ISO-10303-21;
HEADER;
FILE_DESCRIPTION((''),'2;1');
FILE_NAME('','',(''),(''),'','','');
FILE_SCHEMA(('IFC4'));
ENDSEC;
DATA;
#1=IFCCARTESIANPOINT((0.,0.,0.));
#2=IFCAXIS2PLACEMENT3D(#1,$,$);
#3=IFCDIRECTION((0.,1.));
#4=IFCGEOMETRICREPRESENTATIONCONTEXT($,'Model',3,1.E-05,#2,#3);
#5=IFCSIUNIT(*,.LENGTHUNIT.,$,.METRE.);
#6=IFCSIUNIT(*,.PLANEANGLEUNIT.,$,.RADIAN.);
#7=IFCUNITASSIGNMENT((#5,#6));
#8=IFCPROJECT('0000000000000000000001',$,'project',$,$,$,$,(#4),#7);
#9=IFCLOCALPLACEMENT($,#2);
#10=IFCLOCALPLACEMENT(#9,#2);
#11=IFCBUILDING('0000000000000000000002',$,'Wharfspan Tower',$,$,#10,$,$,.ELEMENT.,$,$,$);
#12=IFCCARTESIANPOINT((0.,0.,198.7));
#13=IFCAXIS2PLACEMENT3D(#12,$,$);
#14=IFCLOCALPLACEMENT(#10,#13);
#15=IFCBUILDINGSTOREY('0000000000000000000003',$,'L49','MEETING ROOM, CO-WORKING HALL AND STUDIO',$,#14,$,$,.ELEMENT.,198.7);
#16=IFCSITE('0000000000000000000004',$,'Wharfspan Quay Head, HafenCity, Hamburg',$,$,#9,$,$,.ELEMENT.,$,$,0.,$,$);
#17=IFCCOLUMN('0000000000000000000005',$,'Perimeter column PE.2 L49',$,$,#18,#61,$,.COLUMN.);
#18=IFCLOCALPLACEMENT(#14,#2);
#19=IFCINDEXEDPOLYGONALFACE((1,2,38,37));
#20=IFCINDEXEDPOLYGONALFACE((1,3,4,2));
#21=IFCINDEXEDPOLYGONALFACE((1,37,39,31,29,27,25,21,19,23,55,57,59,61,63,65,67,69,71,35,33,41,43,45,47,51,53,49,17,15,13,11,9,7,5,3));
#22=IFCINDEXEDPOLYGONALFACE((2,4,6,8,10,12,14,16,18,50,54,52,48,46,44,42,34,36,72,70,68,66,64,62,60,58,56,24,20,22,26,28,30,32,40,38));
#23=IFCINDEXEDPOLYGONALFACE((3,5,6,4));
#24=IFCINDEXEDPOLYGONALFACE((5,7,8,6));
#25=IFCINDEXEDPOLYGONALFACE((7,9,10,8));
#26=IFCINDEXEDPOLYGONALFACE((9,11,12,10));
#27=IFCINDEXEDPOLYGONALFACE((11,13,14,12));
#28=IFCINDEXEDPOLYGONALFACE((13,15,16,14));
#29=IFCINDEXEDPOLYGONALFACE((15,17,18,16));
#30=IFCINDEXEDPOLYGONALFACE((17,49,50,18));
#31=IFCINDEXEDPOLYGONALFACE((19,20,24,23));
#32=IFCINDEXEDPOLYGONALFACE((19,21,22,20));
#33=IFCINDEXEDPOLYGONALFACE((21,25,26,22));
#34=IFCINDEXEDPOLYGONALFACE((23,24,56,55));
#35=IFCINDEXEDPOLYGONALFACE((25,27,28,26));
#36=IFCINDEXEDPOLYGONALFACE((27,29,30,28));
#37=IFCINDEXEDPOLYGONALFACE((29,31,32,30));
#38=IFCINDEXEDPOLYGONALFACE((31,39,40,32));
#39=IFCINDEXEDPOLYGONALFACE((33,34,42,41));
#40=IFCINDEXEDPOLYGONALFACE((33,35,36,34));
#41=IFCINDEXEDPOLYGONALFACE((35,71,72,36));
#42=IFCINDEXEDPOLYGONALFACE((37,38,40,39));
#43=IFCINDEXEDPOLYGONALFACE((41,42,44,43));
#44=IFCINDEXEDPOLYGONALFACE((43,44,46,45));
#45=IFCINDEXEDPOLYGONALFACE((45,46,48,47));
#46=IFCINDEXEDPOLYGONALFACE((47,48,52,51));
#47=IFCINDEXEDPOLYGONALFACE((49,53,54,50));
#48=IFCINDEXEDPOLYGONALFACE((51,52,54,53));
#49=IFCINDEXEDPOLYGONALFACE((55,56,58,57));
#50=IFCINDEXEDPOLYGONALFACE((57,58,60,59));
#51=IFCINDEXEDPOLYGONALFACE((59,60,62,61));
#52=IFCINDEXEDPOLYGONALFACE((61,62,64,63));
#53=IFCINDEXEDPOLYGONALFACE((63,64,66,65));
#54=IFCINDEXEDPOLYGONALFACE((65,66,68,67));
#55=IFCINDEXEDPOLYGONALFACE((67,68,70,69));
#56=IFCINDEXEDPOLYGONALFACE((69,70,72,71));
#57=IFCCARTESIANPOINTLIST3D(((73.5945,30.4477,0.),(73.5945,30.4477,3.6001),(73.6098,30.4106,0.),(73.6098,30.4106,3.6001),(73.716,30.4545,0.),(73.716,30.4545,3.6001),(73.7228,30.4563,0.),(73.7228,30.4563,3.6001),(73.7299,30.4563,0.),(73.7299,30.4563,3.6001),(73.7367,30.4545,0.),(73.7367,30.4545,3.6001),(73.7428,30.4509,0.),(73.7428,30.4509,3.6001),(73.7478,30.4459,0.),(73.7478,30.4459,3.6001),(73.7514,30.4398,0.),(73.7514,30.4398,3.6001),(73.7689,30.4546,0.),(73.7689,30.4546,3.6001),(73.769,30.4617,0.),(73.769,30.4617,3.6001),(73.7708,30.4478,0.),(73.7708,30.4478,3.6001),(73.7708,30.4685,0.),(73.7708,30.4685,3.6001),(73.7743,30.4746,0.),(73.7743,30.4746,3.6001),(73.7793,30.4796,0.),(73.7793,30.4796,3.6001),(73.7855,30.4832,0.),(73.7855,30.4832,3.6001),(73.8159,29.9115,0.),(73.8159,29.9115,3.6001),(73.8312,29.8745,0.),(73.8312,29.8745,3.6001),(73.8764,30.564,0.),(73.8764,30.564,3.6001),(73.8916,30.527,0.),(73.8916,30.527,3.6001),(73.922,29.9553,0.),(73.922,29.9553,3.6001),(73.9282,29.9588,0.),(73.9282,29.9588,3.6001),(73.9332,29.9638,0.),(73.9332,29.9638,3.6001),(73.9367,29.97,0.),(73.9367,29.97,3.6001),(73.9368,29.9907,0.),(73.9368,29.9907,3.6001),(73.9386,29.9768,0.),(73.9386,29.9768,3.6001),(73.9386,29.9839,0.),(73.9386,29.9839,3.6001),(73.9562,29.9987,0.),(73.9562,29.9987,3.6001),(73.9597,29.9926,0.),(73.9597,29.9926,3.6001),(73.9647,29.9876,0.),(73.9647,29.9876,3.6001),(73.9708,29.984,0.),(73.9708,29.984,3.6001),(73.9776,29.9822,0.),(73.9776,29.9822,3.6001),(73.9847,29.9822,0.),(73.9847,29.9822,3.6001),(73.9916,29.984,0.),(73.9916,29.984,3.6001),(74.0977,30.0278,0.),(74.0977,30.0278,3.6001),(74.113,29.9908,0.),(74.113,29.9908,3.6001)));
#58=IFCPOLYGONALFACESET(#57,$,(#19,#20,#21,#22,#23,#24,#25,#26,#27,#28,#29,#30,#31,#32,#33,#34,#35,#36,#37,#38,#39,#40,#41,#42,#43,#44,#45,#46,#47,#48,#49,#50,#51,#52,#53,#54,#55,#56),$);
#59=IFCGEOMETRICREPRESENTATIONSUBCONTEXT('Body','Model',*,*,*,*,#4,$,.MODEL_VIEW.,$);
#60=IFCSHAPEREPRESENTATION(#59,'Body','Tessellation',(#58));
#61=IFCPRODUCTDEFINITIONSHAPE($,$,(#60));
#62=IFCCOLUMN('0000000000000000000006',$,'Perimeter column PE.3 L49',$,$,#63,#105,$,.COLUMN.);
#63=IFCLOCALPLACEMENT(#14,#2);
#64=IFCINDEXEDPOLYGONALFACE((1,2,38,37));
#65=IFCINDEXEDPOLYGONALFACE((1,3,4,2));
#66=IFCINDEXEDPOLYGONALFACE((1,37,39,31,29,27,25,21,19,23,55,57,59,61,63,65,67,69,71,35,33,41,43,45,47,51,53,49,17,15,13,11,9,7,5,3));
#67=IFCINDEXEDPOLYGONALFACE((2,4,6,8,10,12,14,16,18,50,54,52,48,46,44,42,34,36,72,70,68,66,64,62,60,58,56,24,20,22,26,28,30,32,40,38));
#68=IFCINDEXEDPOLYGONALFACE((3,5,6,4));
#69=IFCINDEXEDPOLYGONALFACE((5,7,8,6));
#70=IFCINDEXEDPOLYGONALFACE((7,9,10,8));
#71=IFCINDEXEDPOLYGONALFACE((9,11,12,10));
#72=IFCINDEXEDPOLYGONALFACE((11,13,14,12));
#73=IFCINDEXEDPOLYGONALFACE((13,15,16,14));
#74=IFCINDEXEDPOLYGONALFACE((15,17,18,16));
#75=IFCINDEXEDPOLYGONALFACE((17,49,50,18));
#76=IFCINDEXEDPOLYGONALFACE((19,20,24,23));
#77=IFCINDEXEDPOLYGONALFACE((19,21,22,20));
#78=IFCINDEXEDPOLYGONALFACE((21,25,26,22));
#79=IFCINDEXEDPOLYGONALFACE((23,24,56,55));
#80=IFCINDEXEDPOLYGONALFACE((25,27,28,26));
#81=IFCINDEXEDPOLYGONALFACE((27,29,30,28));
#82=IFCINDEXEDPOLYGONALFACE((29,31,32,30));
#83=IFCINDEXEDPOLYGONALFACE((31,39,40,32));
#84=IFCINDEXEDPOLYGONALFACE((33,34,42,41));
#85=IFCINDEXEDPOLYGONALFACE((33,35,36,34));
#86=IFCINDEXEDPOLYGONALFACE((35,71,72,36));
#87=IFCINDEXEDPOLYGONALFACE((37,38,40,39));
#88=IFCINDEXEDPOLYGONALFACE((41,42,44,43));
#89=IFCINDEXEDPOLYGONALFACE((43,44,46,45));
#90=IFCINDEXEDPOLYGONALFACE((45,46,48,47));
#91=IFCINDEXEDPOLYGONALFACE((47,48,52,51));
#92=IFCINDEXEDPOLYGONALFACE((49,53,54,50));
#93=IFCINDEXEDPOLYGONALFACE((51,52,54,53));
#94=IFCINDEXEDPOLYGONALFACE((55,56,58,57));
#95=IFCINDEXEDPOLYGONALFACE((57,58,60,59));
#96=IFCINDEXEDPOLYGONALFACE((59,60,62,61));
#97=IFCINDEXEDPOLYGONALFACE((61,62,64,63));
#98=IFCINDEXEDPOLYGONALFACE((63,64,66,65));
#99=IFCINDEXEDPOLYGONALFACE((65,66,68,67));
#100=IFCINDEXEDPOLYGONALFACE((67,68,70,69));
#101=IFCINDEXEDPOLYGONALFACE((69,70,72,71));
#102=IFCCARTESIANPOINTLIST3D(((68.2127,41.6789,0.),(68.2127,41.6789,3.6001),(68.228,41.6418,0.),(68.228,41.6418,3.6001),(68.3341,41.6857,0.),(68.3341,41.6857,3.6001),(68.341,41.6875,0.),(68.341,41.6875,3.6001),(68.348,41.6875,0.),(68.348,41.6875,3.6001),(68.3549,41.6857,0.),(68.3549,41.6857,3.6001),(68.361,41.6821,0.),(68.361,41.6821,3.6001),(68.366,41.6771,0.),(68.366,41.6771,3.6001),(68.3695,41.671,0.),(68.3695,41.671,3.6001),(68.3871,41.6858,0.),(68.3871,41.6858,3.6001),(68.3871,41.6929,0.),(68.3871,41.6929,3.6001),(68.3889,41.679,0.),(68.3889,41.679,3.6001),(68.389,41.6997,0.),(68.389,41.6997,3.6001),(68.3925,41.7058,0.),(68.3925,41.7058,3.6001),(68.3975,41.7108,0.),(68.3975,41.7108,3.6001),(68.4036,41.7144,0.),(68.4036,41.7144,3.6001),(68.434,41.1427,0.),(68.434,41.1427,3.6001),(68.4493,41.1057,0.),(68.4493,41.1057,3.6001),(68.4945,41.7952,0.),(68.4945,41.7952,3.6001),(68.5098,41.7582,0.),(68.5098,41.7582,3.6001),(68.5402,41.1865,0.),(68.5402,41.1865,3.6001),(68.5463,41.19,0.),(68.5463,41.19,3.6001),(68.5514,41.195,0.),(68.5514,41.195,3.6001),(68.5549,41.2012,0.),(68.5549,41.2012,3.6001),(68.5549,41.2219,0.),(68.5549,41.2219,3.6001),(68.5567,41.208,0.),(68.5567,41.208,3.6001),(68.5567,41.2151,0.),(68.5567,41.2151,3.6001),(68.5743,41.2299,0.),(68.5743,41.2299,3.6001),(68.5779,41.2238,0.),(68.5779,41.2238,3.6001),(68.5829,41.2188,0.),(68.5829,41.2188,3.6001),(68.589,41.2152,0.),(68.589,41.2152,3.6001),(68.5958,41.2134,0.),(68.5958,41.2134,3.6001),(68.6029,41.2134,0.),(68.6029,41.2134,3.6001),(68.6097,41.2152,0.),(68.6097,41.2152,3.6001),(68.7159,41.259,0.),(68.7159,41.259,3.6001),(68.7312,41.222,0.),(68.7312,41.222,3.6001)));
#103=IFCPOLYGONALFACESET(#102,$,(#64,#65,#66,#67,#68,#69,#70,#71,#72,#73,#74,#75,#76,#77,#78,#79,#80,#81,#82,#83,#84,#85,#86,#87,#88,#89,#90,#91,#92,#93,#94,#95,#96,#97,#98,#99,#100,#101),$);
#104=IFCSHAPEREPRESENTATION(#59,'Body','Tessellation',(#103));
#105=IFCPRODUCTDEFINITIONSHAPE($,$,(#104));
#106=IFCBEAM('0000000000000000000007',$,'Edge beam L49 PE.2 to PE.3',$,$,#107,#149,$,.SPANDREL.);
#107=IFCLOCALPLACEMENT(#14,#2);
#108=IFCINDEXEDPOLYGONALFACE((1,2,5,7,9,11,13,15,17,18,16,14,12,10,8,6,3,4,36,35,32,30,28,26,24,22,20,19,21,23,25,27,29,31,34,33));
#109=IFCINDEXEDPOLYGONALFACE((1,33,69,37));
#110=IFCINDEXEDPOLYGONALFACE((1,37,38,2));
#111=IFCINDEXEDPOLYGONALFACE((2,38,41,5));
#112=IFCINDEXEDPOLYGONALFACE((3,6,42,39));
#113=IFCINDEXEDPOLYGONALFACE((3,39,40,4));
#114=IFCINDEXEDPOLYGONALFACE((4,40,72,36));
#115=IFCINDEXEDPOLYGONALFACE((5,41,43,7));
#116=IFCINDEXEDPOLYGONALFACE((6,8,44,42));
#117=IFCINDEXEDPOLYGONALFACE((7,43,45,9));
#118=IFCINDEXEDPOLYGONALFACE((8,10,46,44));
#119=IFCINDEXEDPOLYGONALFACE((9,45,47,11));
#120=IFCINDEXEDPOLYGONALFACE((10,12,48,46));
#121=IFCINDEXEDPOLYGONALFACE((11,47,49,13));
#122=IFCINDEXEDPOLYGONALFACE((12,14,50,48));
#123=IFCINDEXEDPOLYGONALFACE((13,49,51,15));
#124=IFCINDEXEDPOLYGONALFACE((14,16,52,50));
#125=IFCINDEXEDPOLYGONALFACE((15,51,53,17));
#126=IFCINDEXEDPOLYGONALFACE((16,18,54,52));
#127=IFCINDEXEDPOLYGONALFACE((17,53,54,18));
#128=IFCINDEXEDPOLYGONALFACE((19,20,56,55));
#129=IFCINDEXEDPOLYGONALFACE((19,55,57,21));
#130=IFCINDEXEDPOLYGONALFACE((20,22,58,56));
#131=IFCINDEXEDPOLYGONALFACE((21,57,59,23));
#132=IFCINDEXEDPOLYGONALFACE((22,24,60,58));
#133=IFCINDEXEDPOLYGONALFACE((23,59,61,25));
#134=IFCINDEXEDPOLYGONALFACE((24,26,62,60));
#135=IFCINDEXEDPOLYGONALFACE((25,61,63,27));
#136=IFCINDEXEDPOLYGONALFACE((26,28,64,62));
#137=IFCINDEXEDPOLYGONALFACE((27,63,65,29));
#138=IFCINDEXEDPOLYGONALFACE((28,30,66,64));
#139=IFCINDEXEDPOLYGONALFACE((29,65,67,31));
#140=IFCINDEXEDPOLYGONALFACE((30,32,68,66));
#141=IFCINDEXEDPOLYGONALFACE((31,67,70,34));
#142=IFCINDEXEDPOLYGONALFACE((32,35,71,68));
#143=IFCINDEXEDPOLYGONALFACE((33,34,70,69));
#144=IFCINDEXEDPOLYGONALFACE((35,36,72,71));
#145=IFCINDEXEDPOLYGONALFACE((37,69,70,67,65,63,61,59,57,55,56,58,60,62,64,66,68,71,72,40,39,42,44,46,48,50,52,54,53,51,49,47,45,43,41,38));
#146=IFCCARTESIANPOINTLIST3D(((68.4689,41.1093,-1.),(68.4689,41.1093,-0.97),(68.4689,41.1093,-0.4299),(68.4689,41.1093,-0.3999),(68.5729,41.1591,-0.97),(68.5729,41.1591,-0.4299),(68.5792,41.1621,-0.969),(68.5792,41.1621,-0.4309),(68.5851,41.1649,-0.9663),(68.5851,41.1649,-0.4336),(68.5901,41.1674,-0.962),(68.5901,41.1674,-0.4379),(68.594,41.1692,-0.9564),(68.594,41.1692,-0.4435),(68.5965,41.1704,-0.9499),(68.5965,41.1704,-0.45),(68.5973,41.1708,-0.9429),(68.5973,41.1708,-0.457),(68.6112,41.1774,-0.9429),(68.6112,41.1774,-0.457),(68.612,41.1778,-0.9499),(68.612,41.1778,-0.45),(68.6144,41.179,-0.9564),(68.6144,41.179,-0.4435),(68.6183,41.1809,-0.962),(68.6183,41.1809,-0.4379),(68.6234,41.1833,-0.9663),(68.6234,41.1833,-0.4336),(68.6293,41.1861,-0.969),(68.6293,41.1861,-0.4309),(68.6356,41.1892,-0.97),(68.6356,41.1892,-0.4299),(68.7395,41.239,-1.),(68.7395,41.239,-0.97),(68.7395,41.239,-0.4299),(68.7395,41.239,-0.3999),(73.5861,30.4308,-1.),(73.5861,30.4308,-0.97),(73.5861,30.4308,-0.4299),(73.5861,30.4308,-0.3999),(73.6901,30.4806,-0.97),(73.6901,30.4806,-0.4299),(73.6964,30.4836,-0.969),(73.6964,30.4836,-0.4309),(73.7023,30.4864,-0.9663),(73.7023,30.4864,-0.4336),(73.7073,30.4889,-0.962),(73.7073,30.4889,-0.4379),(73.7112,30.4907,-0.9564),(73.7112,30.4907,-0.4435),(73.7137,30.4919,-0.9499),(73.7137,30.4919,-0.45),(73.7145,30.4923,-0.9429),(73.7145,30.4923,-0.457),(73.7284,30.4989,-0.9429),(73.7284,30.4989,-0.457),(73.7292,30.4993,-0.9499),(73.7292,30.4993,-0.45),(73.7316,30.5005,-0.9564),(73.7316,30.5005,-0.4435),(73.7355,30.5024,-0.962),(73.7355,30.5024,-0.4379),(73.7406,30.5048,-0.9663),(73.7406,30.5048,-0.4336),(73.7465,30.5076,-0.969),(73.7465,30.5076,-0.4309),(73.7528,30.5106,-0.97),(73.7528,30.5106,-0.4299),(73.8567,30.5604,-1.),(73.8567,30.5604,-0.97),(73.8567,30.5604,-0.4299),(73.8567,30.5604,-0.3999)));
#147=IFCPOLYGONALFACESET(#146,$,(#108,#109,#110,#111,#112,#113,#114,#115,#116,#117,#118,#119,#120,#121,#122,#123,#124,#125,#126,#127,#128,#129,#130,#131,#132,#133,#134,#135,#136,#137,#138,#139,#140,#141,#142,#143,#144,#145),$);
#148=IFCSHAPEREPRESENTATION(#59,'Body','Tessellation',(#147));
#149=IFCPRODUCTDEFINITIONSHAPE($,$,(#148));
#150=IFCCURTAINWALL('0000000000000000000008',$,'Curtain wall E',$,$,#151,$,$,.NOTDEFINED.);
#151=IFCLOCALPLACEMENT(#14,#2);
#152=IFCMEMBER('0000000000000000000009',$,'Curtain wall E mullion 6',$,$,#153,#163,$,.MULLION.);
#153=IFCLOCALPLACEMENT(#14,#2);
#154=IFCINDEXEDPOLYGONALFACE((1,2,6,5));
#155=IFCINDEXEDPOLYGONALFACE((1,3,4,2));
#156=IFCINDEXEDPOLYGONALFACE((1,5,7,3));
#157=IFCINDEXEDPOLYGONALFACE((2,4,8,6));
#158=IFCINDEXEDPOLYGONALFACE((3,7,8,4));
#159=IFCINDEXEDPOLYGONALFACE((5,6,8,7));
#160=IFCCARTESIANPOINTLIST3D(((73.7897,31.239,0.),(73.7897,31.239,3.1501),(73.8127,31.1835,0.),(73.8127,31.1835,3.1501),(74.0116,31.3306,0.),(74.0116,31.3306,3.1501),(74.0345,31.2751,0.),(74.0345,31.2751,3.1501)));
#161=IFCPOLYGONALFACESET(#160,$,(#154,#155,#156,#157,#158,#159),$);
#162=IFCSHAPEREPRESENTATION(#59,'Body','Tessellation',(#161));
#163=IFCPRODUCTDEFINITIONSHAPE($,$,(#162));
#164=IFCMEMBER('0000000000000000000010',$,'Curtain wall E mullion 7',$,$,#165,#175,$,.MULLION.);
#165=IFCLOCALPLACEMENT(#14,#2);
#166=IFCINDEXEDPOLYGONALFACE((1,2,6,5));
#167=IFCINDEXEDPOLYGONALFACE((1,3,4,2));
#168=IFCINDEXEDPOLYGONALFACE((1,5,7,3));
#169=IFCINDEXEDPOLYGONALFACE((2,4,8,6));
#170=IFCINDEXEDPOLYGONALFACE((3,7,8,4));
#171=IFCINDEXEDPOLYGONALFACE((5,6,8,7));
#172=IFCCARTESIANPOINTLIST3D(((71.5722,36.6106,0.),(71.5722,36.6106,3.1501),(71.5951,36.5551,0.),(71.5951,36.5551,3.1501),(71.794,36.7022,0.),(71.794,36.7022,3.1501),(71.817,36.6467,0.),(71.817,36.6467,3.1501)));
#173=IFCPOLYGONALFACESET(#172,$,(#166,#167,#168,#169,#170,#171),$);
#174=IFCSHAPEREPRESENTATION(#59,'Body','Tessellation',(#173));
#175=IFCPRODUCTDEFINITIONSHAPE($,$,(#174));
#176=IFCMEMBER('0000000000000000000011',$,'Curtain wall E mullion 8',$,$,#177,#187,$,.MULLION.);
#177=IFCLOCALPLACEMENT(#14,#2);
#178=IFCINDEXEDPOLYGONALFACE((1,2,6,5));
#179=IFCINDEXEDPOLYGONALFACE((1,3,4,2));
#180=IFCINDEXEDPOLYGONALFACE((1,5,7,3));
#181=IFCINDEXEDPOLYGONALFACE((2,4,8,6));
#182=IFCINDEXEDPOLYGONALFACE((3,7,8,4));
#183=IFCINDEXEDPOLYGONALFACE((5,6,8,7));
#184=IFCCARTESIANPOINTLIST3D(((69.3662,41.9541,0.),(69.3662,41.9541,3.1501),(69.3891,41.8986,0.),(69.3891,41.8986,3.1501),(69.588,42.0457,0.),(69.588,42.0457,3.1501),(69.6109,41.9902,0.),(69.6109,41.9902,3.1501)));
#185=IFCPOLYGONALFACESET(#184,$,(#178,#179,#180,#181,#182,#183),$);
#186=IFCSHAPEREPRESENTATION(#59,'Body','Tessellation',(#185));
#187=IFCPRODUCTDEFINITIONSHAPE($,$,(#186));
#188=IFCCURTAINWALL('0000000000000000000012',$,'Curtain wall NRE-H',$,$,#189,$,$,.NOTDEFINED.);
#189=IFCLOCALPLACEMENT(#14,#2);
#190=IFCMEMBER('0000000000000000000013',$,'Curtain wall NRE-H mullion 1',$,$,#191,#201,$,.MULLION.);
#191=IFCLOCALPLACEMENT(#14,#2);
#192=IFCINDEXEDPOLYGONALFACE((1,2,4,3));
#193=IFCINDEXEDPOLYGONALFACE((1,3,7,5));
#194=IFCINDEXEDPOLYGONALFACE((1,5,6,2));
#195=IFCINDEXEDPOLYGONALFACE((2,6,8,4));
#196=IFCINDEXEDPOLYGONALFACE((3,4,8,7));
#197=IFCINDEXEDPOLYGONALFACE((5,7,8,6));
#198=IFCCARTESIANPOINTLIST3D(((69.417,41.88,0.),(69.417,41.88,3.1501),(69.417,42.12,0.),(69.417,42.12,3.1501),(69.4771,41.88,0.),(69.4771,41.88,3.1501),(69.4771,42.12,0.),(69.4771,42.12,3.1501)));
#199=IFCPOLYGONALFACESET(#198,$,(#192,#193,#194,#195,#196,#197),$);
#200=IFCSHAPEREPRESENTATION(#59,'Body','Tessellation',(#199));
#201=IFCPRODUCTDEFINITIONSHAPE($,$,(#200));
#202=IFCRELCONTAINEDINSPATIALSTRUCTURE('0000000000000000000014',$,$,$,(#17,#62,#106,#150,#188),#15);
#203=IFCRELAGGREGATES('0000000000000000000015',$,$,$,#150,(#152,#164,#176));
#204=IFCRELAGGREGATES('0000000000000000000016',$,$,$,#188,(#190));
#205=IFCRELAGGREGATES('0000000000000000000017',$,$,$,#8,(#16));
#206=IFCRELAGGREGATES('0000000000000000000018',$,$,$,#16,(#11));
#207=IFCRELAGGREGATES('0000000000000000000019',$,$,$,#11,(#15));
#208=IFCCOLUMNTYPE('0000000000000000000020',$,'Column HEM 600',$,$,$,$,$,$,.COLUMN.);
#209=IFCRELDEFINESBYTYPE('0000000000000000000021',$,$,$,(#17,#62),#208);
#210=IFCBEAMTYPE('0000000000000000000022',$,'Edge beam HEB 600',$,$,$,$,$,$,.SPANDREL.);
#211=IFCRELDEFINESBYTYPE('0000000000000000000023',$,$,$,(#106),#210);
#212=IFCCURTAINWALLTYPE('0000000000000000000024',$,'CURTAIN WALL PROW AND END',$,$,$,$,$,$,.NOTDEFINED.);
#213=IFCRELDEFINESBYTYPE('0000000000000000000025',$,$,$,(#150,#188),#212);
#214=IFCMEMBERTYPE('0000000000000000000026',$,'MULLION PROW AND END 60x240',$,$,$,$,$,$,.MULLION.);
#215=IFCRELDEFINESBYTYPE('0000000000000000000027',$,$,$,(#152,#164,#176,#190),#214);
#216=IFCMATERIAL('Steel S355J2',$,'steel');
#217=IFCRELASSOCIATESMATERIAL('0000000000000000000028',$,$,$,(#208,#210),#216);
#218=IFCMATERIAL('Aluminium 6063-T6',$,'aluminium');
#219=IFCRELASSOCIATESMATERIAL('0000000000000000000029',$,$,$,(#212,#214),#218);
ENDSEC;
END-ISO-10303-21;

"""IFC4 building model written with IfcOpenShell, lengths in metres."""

from ifc_helpers import new_model, si_unit, direction, frame, origin, origin_2d, place, context, subcontext, project, spatial, rectangle, i_section, extrude, material, material_profile, profile_set, type_object, element, aggregate, save


model = new_model("IFC4")

# Units and contexts
model_context = context("Model", 3, precision=1e-05, world=origin(), true_north=direction((0.0, 1.0)))
body_context = subcontext(model_context, "Body", "Model", "MODEL_VIEW")
ifc_project = project(units=[si_unit("LENGTHUNIT", "METRE"), si_unit("PLANEANGLEUNIT", "RADIAN")], contexts=[model_context])

# Site, building, storey
site_placement = place(None, origin())
site = spatial("IfcSite", under=ifc_project, at=site_placement, Name="Wharfspan Quay Head, HafenCity, Hamburg", CompositionType="ELEMENT", RefElevation=0.0)
building_placement = place(site_placement, origin())
building = spatial("IfcBuilding", under=site, at=building_placement, Name="Wharfspan Tower", CompositionType="ELEMENT")
storey_placement = place(building_placement, frame((0.0, 0.0, 198.7)))
storey = spatial("IfcBuildingStorey", under=building, at=storey_placement, Name="L49", Description="MEETING ROOM, CO-WORKING HALL AND STUDIO", CompositionType="ELEMENT", Elevation=198.7)

# Columns
ifc_material_1 = material(Name="Steel S355J2", Category="steel")
ifc_material_profile_1 = material_profile(ifc_material_1, i_section(OverallWidth=0.3049, OverallDepth=0.6201, WebThickness=0.021, FlangeThickness=0.04, FilletRadius=0.0271, at=origin_2d()))
ifc_profile_set_1 = profile_set([ifc_material_profile_1], Name="Steel S355J2")
column_type = type_object("IfcColumnType", Name="Column HEM 600", PredefinedType="COLUMN", material=ifc_profile_set_1)
for number, where, z_axis, x_axis, name in (
    (1, (73.8538, 30.2192, 0.0), (0.0, 0.0, 1.0), (0.924325, 0.381602, 0.0), "Perimeter column PE.2 L49"),
    (2, (68.4719, 41.4504, 0.0), (0.0, 0.0, 1.0), (0.924325, 0.381602, 0.0), "Perimeter column PE.3 L49"),
):
    element("IfcColumn", number, at=place(storey_placement, frame(where, z_axis=z_axis, x_axis=x_axis)), inside=storey, type_object=column_type, Name=name, PredefinedType="COLUMN", context=body_context, shape_type="SweptSolid", body=[
        extrude(i_section(OverallWidth=0.3049, OverallDepth=0.6201, WebThickness=0.021, FlangeThickness=0.04, FilletRadius=0.0271, at=origin_2d()), origin(), (0.0, 0.0, 1.0), 3.6001),
    ])

# Beam
ifc_material_profile_2 = material_profile(ifc_material_1, i_section(OverallWidth=0.3, OverallDepth=0.6001, WebThickness=0.0154, FlangeThickness=0.03, FilletRadius=0.0271, at=origin_2d()))
ifc_profile_set_2 = profile_set([ifc_material_profile_2], Name="Steel S355J2")
beam_type = type_object("IfcBeamType", Name="Edge beam HEB 600", PredefinedType="SPANDREL", material=ifc_profile_set_2)
beam_placement = place(storey_placement, frame((73.7214, 30.4956, -0.7), z_axis=(-0.432149, 0.901802, 0.0), x_axis=(-0.901802, -0.432149, 0.0)))
element("IfcBeam", 3, at=beam_placement, inside=storey, type_object=beam_type, Name="Edge beam L49 PE.2 to PE.3", PredefinedType="SPANDREL", context=body_context, shape_type="SweptSolid", body=[
    extrude(i_section(OverallWidth=0.3, OverallDepth=0.6001, WebThickness=0.0154, FlangeThickness=0.03, FilletRadius=0.0271, at=origin_2d()), origin(), (0.0, 0.0, 1.0), 11.8413),
])

# Curtain walls, members
ifc_material_2 = material(Name="Aluminium 6063-T6", Category="aluminium")
curtain_wall_type = type_object("IfcCurtainWallType", Name="CURTAIN WALL PROW AND END", PredefinedType="NOTDEFINED", material=ifc_material_2)
curtain_wall_1_placement = place(storey_placement, origin())
curtain_wall_1 = element("IfcCurtainWall", 4, at=curtain_wall_1_placement, inside=storey, type_object=curtain_wall_type, Name="Curtain wall E", PredefinedType="NOTDEFINED")
ifc_material_profile_3 = material_profile(ifc_material_2, rectangle(XDim=0.24, YDim=0.0601, at=origin_2d()))
ifc_profile_set_3 = profile_set([ifc_material_profile_3], Name="Aluminium 6063-T6")
member_type_1 = type_object("IfcMemberType", Name="MULLION PROW AND END 60x240", PredefinedType="MULLION", material=ifc_profile_set_3)
member_1_placement = place(storey_placement, frame((73.9121, 31.2571, 0.0), z_axis=(0.0, 0.0, 1.0), x_axis=(-0.924325, -0.381602, 0.0)))
member_1 = element("IfcMember", 5, at=member_1_placement, type_object=member_type_1, Name="Curtain wall E mullion 6", PredefinedType="MULLION", context=body_context, shape_type="SweptSolid", body=[
    extrude(rectangle(XDim=0.24, YDim=0.0601, at=origin_2d()), origin(), (0.0, 0.0, 1.0), 3.1501),
])
member_2_placement = place(storey_placement, frame((71.6946, 36.6287, 0.0), z_axis=(0.0, 0.0, 1.0), x_axis=(-0.924325, -0.381602, 0.0)))
member_2 = element("IfcMember", 6, at=member_2_placement, type_object=member_type_1, Name="Curtain wall E mullion 7", PredefinedType="MULLION", context=body_context, shape_type="SweptSolid", body=[
    extrude(rectangle(XDim=0.24, YDim=0.0601, at=origin_2d()), origin(), (0.0, 0.0, 1.0), 3.1501),
])
member_3_placement = place(storey_placement, frame((69.4885, 41.9722, 0.0), z_axis=(0.0, 0.0, 1.0), x_axis=(-0.924325, -0.381602, 0.0)))
member_3 = element("IfcMember", 7, at=member_3_placement, type_object=member_type_1, Name="Curtain wall E mullion 8", PredefinedType="MULLION", context=body_context, shape_type="SweptSolid", body=[
    extrude(rectangle(XDim=0.24, YDim=0.0601, at=origin_2d()), origin(), (0.0, 0.0, 1.0), 3.1501),
])
curtain_wall_2_placement = place(storey_placement, origin())
curtain_wall_2 = element("IfcCurtainWall", 8, at=curtain_wall_2_placement, inside=storey, type_object=curtain_wall_type, Name="Curtain wall NRE-H", PredefinedType="NOTDEFINED")
member_4_placement = place(storey_placement, frame((69.447, 42.0, 0.0), z_axis=(0.0, 0.0, 1.0), x_axis=(0.0, -1.0, 0.0)))
member_4 = element("IfcMember", 9, at=member_4_placement, type_object=member_type_1, Name="Curtain wall NRE-H mullion 1", PredefinedType="MULLION", context=body_context, shape_type="SweptSolid", body=[
    extrude(rectangle(XDim=0.24, YDim=0.0601, at=origin_2d()), origin(), (0.0, 0.0, 1.0), 3.1501),
])

aggregate(curtain_wall_1, [member_1, member_2, member_3])
aggregate(curtain_wall_2, [member_4])

save(model, "model.ifc")
